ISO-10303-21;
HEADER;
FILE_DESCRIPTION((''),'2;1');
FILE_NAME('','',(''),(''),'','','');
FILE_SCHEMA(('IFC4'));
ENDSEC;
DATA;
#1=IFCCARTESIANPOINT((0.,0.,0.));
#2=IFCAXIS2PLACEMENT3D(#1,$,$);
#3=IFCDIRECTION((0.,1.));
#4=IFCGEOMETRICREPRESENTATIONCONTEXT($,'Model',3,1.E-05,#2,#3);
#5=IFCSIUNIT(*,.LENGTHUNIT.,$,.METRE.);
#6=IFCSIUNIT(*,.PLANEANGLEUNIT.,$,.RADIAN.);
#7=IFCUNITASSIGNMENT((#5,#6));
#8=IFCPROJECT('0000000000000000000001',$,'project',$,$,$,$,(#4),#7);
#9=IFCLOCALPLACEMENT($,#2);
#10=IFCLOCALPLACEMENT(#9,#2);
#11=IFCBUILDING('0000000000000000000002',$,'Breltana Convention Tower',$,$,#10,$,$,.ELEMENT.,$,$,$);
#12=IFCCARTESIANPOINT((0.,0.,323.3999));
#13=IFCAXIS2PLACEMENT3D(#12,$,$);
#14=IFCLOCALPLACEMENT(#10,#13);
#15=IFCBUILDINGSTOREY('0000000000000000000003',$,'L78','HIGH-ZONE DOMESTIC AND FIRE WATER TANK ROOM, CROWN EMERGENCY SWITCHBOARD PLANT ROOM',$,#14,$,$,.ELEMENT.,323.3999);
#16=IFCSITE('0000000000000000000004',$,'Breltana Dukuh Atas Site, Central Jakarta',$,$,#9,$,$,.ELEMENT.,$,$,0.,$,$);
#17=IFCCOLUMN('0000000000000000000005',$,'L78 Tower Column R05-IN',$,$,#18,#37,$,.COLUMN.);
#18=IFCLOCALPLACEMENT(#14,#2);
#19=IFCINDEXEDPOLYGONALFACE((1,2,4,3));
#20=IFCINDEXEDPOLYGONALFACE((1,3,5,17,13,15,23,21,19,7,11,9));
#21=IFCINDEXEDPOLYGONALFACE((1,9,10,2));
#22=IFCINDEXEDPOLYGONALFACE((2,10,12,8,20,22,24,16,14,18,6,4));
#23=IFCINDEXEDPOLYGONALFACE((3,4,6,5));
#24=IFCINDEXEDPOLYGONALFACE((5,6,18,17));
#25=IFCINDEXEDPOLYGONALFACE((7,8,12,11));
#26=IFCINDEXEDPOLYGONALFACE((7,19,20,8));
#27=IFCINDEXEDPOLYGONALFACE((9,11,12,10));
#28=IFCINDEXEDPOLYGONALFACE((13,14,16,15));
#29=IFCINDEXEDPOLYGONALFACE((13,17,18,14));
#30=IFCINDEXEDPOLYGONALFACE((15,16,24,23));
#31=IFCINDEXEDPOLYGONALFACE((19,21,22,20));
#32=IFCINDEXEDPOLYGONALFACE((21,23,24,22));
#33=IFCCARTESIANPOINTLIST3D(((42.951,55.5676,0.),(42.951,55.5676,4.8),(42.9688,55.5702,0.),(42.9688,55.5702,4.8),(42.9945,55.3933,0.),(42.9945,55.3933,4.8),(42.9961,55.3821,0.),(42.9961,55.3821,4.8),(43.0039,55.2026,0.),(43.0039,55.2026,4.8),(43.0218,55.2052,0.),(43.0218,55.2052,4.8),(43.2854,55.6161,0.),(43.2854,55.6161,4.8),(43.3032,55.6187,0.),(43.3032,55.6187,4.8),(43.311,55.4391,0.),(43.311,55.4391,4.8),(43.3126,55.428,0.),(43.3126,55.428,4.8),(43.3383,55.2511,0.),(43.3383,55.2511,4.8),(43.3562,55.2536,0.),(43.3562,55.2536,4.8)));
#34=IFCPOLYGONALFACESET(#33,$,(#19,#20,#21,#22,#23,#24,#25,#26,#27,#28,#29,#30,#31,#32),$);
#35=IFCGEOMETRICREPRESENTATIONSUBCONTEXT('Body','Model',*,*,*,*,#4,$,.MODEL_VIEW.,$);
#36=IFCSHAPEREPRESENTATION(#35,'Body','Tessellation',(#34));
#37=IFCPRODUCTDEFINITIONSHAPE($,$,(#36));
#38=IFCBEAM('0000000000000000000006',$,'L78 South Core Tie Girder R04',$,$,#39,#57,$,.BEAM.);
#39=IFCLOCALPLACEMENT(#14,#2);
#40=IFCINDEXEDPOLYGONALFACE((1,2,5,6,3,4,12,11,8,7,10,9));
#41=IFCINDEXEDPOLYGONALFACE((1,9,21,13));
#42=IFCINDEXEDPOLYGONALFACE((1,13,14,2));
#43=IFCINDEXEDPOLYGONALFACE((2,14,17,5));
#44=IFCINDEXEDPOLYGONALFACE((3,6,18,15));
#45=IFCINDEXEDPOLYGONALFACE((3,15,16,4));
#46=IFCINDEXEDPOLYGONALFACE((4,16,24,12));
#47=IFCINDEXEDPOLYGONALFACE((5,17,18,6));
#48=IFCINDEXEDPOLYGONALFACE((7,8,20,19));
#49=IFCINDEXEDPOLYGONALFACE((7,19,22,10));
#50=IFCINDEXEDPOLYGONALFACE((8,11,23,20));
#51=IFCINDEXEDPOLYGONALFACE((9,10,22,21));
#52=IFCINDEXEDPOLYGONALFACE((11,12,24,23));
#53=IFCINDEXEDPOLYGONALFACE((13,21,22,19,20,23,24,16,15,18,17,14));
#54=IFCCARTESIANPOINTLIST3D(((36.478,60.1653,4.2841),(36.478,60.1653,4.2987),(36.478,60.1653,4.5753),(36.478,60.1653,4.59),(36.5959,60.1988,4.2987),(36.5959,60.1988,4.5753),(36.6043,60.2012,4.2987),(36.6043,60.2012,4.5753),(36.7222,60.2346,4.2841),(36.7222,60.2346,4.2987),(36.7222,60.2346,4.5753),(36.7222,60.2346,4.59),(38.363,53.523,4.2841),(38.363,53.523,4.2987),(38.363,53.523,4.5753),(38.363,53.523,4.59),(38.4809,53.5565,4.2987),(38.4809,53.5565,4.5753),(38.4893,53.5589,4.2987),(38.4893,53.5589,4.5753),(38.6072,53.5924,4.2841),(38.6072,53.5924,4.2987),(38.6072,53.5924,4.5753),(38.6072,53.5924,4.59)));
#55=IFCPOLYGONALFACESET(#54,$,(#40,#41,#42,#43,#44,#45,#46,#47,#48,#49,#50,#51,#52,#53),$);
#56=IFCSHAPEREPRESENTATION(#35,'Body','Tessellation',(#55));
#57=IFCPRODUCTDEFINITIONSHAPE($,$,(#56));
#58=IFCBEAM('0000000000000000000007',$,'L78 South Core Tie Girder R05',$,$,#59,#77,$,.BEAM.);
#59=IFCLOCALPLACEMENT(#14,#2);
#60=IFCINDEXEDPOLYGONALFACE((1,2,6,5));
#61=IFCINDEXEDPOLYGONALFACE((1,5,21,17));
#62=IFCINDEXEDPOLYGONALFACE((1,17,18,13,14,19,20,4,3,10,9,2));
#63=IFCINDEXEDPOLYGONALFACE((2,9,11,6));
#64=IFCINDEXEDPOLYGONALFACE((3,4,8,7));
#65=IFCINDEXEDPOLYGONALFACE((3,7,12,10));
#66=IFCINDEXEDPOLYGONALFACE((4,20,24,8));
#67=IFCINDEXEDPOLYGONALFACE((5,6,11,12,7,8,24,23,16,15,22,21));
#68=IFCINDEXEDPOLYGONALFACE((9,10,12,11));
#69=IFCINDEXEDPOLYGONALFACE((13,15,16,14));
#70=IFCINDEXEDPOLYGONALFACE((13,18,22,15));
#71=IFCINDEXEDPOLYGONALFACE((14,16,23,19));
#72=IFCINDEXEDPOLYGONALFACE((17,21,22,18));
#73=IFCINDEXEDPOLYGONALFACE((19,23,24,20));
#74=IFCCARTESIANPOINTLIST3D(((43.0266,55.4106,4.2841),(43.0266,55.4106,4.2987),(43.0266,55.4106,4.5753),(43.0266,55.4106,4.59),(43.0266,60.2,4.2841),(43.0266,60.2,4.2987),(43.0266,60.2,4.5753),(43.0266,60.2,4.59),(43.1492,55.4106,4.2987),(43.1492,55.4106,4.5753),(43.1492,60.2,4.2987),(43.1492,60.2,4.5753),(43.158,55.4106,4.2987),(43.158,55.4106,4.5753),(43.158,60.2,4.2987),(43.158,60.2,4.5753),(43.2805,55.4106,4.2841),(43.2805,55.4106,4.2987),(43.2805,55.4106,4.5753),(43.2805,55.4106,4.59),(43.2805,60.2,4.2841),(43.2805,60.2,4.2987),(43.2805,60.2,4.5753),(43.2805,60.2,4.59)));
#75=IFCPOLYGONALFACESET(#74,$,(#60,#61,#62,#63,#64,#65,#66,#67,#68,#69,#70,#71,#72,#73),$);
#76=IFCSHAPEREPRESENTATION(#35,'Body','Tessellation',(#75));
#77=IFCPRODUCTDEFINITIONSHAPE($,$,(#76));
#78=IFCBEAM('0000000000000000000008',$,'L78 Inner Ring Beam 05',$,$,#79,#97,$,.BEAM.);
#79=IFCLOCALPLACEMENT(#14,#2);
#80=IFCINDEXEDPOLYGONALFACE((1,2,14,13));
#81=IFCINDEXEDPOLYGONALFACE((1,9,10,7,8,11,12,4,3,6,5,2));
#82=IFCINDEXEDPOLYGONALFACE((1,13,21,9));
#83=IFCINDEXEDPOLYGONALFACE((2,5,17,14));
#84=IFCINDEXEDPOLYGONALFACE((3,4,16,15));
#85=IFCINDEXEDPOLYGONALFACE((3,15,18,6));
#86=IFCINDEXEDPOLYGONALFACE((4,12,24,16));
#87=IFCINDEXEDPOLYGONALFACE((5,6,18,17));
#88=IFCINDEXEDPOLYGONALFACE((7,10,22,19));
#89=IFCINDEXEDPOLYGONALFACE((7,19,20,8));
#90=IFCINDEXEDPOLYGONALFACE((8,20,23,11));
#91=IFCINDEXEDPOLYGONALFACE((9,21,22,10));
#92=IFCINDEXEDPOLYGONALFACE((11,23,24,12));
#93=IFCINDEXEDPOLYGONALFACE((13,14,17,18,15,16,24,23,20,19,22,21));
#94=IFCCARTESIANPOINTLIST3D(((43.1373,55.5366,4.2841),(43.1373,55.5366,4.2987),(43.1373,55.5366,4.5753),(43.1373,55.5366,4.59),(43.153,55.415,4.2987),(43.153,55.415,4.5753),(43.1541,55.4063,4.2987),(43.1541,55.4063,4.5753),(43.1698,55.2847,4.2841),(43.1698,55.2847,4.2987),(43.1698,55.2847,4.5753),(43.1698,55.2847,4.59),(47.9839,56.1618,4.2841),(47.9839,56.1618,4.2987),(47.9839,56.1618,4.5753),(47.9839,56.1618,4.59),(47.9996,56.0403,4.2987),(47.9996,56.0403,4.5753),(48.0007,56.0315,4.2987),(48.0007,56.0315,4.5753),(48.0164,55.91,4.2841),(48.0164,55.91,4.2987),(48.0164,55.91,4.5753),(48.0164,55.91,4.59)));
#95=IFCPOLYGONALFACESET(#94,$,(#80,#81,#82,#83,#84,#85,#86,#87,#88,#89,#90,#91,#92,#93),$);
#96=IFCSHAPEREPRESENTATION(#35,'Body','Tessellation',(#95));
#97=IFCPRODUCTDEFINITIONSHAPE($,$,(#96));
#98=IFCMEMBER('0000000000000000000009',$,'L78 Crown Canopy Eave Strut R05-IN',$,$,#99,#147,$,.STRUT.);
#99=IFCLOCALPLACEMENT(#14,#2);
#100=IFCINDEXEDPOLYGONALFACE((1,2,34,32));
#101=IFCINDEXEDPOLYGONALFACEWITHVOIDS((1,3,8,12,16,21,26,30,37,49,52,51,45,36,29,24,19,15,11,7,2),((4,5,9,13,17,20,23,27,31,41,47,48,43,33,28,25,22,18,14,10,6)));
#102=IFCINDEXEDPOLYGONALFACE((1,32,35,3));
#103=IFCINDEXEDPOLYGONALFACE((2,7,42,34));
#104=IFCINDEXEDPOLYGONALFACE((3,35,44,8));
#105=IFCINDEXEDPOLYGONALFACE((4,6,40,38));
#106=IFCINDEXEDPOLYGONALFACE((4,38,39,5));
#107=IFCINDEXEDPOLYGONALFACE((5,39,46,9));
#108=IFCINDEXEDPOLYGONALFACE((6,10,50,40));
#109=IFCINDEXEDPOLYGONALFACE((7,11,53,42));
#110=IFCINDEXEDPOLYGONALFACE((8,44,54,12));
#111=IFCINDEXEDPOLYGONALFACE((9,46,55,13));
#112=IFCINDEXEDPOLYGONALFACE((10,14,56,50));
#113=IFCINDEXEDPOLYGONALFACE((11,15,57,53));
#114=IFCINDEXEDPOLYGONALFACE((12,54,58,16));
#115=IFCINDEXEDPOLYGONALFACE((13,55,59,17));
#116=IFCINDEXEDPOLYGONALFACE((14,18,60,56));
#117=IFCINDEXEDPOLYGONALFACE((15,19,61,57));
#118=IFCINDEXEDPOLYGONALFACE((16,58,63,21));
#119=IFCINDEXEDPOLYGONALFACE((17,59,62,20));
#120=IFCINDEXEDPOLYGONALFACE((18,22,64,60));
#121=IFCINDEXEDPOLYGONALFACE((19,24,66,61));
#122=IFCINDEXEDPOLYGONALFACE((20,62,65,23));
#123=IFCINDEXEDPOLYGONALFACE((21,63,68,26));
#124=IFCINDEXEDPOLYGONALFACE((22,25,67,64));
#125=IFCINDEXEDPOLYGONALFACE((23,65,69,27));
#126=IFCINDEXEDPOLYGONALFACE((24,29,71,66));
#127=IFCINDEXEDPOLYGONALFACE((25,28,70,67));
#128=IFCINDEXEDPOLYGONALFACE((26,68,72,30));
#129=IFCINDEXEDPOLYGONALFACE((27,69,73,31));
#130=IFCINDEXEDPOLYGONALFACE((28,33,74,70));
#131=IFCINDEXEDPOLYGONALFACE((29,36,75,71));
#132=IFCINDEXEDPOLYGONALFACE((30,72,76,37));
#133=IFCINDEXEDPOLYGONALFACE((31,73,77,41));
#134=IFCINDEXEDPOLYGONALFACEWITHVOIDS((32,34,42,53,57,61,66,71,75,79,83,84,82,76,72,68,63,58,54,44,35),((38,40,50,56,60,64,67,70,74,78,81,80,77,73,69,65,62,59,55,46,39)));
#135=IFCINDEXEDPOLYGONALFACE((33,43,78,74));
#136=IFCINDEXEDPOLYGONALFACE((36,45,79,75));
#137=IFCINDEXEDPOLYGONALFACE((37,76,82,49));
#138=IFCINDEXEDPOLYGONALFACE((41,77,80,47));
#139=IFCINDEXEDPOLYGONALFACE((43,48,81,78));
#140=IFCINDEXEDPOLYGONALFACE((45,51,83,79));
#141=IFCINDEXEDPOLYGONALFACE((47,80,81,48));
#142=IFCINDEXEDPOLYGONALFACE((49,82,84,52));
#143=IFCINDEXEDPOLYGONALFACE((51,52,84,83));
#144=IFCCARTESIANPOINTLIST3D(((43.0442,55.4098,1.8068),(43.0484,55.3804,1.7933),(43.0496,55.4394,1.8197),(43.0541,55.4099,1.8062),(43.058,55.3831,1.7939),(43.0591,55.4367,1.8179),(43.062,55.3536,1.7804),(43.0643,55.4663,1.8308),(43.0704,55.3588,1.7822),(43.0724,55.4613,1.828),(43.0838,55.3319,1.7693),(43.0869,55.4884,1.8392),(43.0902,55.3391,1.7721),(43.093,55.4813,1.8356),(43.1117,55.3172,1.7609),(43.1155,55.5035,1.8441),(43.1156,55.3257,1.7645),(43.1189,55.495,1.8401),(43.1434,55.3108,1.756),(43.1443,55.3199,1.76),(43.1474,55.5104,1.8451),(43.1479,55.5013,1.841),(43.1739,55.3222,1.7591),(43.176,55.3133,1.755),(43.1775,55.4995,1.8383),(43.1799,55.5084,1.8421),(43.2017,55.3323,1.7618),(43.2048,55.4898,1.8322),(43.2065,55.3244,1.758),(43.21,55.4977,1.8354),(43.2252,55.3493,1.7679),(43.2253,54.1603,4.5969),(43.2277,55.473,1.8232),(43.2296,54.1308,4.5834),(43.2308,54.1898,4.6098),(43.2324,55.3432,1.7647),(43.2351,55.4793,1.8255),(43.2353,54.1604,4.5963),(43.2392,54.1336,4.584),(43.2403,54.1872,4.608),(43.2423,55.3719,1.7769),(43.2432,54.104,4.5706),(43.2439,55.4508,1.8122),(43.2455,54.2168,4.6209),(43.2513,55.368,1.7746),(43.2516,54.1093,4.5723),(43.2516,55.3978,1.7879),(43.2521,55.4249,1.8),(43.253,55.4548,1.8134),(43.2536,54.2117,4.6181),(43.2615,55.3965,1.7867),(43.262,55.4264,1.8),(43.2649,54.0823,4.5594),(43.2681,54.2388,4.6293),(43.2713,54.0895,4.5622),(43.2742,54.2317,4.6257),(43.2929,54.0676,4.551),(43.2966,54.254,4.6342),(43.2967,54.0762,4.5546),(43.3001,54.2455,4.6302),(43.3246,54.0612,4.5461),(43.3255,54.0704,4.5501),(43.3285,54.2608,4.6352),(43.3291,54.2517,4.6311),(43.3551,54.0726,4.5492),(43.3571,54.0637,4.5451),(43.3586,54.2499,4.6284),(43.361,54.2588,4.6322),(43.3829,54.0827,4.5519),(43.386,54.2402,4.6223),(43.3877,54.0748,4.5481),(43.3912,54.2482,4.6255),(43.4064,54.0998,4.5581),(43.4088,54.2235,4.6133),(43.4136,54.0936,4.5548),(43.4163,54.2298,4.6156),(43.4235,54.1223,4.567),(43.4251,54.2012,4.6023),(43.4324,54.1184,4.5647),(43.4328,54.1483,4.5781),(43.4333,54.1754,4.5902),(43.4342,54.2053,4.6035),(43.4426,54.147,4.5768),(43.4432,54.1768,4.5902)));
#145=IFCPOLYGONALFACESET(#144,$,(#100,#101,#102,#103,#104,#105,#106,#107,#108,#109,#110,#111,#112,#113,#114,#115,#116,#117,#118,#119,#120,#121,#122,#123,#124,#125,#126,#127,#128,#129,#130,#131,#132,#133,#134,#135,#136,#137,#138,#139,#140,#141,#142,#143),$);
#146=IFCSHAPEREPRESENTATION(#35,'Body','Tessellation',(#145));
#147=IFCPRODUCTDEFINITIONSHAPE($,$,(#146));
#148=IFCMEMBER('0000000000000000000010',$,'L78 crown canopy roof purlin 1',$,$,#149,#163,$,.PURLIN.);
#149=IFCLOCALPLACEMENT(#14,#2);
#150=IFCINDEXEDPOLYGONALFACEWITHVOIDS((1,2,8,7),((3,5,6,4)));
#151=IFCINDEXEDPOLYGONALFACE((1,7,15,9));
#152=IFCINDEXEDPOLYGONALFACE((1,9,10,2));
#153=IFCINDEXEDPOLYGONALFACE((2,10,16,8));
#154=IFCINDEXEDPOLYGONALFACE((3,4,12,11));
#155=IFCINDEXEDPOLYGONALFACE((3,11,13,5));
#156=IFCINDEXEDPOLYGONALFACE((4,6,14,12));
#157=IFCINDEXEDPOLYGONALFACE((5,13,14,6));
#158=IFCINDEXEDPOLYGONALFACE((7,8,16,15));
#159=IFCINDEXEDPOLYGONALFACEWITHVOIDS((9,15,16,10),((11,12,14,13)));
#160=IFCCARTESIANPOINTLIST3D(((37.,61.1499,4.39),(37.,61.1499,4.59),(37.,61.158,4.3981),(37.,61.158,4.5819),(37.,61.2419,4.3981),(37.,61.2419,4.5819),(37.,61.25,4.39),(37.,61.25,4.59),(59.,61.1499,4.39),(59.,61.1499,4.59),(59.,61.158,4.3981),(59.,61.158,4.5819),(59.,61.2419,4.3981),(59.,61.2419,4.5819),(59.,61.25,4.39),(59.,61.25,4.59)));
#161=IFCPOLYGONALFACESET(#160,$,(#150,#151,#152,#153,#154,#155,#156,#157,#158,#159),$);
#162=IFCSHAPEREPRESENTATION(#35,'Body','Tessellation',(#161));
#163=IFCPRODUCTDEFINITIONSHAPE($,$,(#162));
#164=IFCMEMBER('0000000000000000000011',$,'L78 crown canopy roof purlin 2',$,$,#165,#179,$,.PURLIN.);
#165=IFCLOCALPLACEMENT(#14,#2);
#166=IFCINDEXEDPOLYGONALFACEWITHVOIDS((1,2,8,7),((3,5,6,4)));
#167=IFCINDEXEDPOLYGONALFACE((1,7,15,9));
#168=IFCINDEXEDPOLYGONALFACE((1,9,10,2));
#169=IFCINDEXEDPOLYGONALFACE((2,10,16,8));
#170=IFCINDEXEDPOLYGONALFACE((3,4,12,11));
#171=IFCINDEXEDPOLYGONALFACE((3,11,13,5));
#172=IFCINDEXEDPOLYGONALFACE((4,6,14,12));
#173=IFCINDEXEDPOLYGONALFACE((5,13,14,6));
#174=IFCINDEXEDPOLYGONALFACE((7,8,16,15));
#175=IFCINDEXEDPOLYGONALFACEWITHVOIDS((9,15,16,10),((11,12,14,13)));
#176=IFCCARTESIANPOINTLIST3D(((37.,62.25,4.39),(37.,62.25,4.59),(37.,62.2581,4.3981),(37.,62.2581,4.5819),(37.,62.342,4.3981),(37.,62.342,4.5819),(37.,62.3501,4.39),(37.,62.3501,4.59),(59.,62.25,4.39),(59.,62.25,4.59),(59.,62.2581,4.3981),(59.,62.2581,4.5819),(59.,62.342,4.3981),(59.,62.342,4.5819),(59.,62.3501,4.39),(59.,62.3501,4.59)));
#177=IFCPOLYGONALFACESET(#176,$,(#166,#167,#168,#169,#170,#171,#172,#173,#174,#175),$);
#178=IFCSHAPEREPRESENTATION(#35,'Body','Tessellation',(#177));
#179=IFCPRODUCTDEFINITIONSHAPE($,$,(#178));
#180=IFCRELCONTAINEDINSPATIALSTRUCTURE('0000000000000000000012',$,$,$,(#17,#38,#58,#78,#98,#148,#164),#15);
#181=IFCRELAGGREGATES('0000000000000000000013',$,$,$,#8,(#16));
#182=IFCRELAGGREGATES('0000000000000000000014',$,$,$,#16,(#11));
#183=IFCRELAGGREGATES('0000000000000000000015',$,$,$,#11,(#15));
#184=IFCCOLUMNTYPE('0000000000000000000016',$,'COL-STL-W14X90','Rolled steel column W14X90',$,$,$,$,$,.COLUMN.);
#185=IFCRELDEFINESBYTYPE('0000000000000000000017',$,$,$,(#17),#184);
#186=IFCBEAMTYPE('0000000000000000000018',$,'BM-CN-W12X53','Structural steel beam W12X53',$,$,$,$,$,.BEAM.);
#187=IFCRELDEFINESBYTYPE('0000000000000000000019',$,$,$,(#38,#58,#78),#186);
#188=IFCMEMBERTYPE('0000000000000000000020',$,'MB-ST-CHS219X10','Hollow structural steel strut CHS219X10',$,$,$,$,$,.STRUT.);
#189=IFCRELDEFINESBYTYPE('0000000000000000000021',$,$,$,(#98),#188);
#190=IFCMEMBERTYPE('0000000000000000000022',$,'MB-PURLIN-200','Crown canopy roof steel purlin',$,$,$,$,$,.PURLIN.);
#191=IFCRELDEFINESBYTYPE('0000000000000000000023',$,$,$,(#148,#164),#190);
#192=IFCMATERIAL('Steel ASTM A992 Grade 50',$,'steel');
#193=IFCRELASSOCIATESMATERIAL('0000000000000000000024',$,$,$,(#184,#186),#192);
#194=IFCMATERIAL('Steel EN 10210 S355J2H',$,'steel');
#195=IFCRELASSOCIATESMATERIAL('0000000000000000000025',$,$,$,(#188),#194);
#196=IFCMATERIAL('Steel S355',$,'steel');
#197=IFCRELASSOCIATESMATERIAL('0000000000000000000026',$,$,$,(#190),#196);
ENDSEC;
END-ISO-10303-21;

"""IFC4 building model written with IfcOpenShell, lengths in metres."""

from ifc_helpers import new_model, si_unit, direction, frame, origin, origin_2d, place, context, subcontext, project, spatial, hollow_rectangle, hollow_circle, i_section, extrude, source, transform, mapped, material, material_profile, profile_set, type_object, type_shapes, element, save


model = new_model("IFC4")

# Units and contexts
model_context = context("Model", 3, precision=1e-05, world=origin(), true_north=direction((0.0, 1.0)))
body_context = subcontext(model_context, "Body", "Model", "MODEL_VIEW")
ifc_project = project(units=[si_unit("LENGTHUNIT", "METRE"), si_unit("PLANEANGLEUNIT", "RADIAN")], contexts=[model_context])

# Site, building, storey
site_placement = place(None, origin())
site = spatial("IfcSite", under=ifc_project, at=site_placement, Name="Breltana Dukuh Atas Site, Central Jakarta", CompositionType="ELEMENT", RefElevation=0.0)
building_placement = place(site_placement, origin())
building = spatial("IfcBuilding", under=site, at=building_placement, Name="Breltana Convention Tower", CompositionType="ELEMENT")
storey_placement = place(building_placement, frame((0.0, 0.0, 323.3999)))
storey = spatial("IfcBuildingStorey", under=building, at=storey_placement, Name="L78", Description="HIGH-ZONE DOMESTIC AND FIRE WATER TANK ROOM, CROWN EMERGENCY SWITCHBOARD PLANT ROOM", CompositionType="ELEMENT", Elevation=323.3999)

# Column
ifc_material_1 = material(Name="Steel ASTM A992 Grade 50", Category="steel")
ifc_material_profile_1 = material_profile(ifc_material_1, i_section(OverallWidth=0.3689, OverallDepth=0.356, WebThickness=0.0112, FlangeThickness=0.0181, at=origin_2d()), Name="W14X90")
ifc_profile_set_1 = profile_set([ifc_material_profile_1], Name="Steel ASTM A992 Grade 50")
column_type = type_object("IfcColumnType", Name="COL-STL-W14X90", Description="Rolled steel column W14X90", PredefinedType="COLUMN", material=ifc_profile_set_1)
shared_shape_1 = source(origin(), body_context, "Body", "SweptSolid", [
    extrude(i_section(OverallWidth=0.3689, OverallDepth=0.356, WebThickness=0.0112, FlangeThickness=0.0181, at=origin_2d()), origin(), (0.0, 0.0, 1.0), 4.8),
])
type_shapes(column_type, [shared_shape_1])
column_placement = place(storey_placement, frame((43.1536, 55.4106, 0.0), z_axis=(0.0, 0.0, 1.0), x_axis=(-0.143493, 0.989651, 0.0)))
element("IfcColumn", 1, at=column_placement, inside=storey, type_object=column_type, Name="L78 Tower Column R05-IN", PredefinedType="COLUMN", context=body_context, shape_type="MappedRepresentation", body=[
    mapped(shared_shape_1, transform((0.0, 0.0, 0.0), scale=1.0)),
])

# Beams
ifc_material_profile_2 = material_profile(ifc_material_1, i_section(OverallWidth=0.2539, OverallDepth=0.3059, WebThickness=0.0088, FlangeThickness=0.0146, at=origin_2d()), Name="W12X53")
ifc_profile_set_2 = profile_set([ifc_material_profile_2], Name="Steel ASTM A992 Grade 50")
beam_type = type_object("IfcBeamType", Name="BM-CN-W12X53", Description="Structural steel beam W12X53", PredefinedType="BEAM", material=ifc_profile_set_2)
shared_shape_2 = source(origin(), body_context, "Body", "SweptSolid", [
    extrude(i_section(OverallWidth=0.2539, OverallDepth=0.3059, WebThickness=0.0088, FlangeThickness=0.0146, at=origin_2d()), origin(), (0.0, 0.0, 1.0), 6.9045),
])
beam_1_placement = place(storey_placement, frame((36.6001, 60.2, 4.437), z_axis=(0.273007, -0.962012, 0.0), x_axis=(0.962012, 0.273007, 0.0)))
element("IfcBeam", 2, at=beam_1_placement, inside=storey, type_object=beam_type, Name="L78 South Core Tie Girder R04", PredefinedType="BEAM", context=body_context, shape_type="MappedRepresentation", body=[
    mapped(shared_shape_2, transform((0.0, 0.0, 0.0), scale=1.0)),
])
shared_shape_3 = source(origin(), body_context, "Body", "SweptSolid", [
    extrude(i_section(OverallWidth=0.2539, OverallDepth=0.3059, WebThickness=0.0088, FlangeThickness=0.0146, at=origin_2d()), origin(), (0.0, 0.0, 1.0), 4.7893),
])
beam_2_placement = place(storey_placement, frame((43.1536, 60.2, 4.437), z_axis=(0.0, -1.0, 0.0), x_axis=(1.0, 0.0, 0.0)))
element("IfcBeam", 3, at=beam_2_placement, inside=storey, type_object=beam_type, Name="L78 South Core Tie Girder R05", PredefinedType="BEAM", context=body_context, shape_type="MappedRepresentation", body=[
    mapped(shared_shape_3, transform((0.0, 0.0, 0.0), scale=1.0)),
])
shared_shape_4 = source(origin(), body_context, "Body", "SweptSolid", [
    extrude(i_section(OverallWidth=0.2539, OverallDepth=0.3059, WebThickness=0.0088, FlangeThickness=0.0146, at=origin_2d()), origin(), (0.0, 0.0, 1.0), 4.8867),
])
beam_3_placement = place(storey_placement, frame((43.1536, 55.4106, 4.437), z_axis=(0.991781, 0.127951, 0.0), x_axis=(-0.127951, 0.991781, 0.0)))
element("IfcBeam", 4, at=beam_3_placement, inside=storey, type_object=beam_type, Name="L78 Inner Ring Beam 05", PredefinedType="BEAM", context=body_context, shape_type="MappedRepresentation", body=[
    mapped(shared_shape_4, transform((0.0, 0.0, 0.0), scale=1.0)),
])

# Members
ifc_material_2 = material(Name="Steel EN 10210 S355J2H", Category="steel")
ifc_material_profile_3 = material_profile(ifc_material_2, hollow_circle(Radius=0.1096, WallThickness=0.01, at=origin_2d()), Name="CHS219X10")
ifc_profile_set_3 = profile_set([ifc_material_profile_3], Name="Steel EN 10210 S355J2H")
member_type_1 = type_object("IfcMemberType", Name="MB-ST-CHS219X10", Description="Hollow structural steel strut CHS219X10", PredefinedType="STRUT", material=ifc_profile_set_3)
shared_shape_5 = source(origin(), body_context, "Body", "SweptSolid", [
    extrude(hollow_circle(Radius=0.1096, WallThickness=0.01, at=origin_2d()), origin(), (0.0, 0.0, 1.0), 3.0625),
])
type_shapes(member_type_1, [shared_shape_5])
member_placement = place(storey_placement, frame((43.1536, 55.4106, 1.8), z_axis=(0.059153, -0.408015, 0.911057), x_axis=(0.989653, 0.143478, 0.0)))
element("IfcMember", 5, at=member_placement, inside=storey, type_object=member_type_1, Name="L78 Crown Canopy Eave Strut R05-IN", PredefinedType="STRUT", context=body_context, shape_type="MappedRepresentation", body=[
    mapped(shared_shape_5, transform((0.0, 0.0, 0.0), scale=1.0)),
])
ifc_material_3 = material(Name="Steel S355", Category="steel")
ifc_material_profile_4 = material_profile(ifc_material_3, hollow_rectangle(XDim=0.1001, YDim=0.2, WallThickness=0.0081, at=origin_2d()), Name="RHS200X100X8")
ifc_profile_set_4 = profile_set([ifc_material_profile_4], Name="Steel S355")
member_type_2 = type_object("IfcMemberType", Name="MB-PURLIN-200", Description="Crown canopy roof steel purlin", PredefinedType="PURLIN", material=ifc_profile_set_4)
shared_shape_6 = source(origin(), body_context, "Body", "SweptSolid", [
    extrude(hollow_rectangle(XDim=0.1001, YDim=0.2, WallThickness=0.0081, at=origin_2d()), origin(), (0.0, 0.0, 1.0), 22.0),
])
type_shapes(member_type_2, [shared_shape_6])
for number, where, z_axis, x_axis, name in (
    (6, (37.0, 61.2, 4.49), (1.0, 0.0, 0.0), (0.0, 1.0, 0.0), "L78 crown canopy roof purlin 1"),
    (7, (37.0, 62.3, 4.49), (1.0, 0.0, 0.0), (0.0, 1.0, 0.0), "L78 crown canopy roof purlin 2"),
):
    element("IfcMember", number, at=place(storey_placement, frame(where, z_axis=z_axis, x_axis=x_axis)), inside=storey, type_object=member_type_2, Name=name, PredefinedType="PURLIN", context=body_context, shape_type="MappedRepresentation", body=[
        mapped(shared_shape_6, transform((0.0, 0.0, 0.0), scale=1.0)),
    ])

save(model, "model.ifc")
